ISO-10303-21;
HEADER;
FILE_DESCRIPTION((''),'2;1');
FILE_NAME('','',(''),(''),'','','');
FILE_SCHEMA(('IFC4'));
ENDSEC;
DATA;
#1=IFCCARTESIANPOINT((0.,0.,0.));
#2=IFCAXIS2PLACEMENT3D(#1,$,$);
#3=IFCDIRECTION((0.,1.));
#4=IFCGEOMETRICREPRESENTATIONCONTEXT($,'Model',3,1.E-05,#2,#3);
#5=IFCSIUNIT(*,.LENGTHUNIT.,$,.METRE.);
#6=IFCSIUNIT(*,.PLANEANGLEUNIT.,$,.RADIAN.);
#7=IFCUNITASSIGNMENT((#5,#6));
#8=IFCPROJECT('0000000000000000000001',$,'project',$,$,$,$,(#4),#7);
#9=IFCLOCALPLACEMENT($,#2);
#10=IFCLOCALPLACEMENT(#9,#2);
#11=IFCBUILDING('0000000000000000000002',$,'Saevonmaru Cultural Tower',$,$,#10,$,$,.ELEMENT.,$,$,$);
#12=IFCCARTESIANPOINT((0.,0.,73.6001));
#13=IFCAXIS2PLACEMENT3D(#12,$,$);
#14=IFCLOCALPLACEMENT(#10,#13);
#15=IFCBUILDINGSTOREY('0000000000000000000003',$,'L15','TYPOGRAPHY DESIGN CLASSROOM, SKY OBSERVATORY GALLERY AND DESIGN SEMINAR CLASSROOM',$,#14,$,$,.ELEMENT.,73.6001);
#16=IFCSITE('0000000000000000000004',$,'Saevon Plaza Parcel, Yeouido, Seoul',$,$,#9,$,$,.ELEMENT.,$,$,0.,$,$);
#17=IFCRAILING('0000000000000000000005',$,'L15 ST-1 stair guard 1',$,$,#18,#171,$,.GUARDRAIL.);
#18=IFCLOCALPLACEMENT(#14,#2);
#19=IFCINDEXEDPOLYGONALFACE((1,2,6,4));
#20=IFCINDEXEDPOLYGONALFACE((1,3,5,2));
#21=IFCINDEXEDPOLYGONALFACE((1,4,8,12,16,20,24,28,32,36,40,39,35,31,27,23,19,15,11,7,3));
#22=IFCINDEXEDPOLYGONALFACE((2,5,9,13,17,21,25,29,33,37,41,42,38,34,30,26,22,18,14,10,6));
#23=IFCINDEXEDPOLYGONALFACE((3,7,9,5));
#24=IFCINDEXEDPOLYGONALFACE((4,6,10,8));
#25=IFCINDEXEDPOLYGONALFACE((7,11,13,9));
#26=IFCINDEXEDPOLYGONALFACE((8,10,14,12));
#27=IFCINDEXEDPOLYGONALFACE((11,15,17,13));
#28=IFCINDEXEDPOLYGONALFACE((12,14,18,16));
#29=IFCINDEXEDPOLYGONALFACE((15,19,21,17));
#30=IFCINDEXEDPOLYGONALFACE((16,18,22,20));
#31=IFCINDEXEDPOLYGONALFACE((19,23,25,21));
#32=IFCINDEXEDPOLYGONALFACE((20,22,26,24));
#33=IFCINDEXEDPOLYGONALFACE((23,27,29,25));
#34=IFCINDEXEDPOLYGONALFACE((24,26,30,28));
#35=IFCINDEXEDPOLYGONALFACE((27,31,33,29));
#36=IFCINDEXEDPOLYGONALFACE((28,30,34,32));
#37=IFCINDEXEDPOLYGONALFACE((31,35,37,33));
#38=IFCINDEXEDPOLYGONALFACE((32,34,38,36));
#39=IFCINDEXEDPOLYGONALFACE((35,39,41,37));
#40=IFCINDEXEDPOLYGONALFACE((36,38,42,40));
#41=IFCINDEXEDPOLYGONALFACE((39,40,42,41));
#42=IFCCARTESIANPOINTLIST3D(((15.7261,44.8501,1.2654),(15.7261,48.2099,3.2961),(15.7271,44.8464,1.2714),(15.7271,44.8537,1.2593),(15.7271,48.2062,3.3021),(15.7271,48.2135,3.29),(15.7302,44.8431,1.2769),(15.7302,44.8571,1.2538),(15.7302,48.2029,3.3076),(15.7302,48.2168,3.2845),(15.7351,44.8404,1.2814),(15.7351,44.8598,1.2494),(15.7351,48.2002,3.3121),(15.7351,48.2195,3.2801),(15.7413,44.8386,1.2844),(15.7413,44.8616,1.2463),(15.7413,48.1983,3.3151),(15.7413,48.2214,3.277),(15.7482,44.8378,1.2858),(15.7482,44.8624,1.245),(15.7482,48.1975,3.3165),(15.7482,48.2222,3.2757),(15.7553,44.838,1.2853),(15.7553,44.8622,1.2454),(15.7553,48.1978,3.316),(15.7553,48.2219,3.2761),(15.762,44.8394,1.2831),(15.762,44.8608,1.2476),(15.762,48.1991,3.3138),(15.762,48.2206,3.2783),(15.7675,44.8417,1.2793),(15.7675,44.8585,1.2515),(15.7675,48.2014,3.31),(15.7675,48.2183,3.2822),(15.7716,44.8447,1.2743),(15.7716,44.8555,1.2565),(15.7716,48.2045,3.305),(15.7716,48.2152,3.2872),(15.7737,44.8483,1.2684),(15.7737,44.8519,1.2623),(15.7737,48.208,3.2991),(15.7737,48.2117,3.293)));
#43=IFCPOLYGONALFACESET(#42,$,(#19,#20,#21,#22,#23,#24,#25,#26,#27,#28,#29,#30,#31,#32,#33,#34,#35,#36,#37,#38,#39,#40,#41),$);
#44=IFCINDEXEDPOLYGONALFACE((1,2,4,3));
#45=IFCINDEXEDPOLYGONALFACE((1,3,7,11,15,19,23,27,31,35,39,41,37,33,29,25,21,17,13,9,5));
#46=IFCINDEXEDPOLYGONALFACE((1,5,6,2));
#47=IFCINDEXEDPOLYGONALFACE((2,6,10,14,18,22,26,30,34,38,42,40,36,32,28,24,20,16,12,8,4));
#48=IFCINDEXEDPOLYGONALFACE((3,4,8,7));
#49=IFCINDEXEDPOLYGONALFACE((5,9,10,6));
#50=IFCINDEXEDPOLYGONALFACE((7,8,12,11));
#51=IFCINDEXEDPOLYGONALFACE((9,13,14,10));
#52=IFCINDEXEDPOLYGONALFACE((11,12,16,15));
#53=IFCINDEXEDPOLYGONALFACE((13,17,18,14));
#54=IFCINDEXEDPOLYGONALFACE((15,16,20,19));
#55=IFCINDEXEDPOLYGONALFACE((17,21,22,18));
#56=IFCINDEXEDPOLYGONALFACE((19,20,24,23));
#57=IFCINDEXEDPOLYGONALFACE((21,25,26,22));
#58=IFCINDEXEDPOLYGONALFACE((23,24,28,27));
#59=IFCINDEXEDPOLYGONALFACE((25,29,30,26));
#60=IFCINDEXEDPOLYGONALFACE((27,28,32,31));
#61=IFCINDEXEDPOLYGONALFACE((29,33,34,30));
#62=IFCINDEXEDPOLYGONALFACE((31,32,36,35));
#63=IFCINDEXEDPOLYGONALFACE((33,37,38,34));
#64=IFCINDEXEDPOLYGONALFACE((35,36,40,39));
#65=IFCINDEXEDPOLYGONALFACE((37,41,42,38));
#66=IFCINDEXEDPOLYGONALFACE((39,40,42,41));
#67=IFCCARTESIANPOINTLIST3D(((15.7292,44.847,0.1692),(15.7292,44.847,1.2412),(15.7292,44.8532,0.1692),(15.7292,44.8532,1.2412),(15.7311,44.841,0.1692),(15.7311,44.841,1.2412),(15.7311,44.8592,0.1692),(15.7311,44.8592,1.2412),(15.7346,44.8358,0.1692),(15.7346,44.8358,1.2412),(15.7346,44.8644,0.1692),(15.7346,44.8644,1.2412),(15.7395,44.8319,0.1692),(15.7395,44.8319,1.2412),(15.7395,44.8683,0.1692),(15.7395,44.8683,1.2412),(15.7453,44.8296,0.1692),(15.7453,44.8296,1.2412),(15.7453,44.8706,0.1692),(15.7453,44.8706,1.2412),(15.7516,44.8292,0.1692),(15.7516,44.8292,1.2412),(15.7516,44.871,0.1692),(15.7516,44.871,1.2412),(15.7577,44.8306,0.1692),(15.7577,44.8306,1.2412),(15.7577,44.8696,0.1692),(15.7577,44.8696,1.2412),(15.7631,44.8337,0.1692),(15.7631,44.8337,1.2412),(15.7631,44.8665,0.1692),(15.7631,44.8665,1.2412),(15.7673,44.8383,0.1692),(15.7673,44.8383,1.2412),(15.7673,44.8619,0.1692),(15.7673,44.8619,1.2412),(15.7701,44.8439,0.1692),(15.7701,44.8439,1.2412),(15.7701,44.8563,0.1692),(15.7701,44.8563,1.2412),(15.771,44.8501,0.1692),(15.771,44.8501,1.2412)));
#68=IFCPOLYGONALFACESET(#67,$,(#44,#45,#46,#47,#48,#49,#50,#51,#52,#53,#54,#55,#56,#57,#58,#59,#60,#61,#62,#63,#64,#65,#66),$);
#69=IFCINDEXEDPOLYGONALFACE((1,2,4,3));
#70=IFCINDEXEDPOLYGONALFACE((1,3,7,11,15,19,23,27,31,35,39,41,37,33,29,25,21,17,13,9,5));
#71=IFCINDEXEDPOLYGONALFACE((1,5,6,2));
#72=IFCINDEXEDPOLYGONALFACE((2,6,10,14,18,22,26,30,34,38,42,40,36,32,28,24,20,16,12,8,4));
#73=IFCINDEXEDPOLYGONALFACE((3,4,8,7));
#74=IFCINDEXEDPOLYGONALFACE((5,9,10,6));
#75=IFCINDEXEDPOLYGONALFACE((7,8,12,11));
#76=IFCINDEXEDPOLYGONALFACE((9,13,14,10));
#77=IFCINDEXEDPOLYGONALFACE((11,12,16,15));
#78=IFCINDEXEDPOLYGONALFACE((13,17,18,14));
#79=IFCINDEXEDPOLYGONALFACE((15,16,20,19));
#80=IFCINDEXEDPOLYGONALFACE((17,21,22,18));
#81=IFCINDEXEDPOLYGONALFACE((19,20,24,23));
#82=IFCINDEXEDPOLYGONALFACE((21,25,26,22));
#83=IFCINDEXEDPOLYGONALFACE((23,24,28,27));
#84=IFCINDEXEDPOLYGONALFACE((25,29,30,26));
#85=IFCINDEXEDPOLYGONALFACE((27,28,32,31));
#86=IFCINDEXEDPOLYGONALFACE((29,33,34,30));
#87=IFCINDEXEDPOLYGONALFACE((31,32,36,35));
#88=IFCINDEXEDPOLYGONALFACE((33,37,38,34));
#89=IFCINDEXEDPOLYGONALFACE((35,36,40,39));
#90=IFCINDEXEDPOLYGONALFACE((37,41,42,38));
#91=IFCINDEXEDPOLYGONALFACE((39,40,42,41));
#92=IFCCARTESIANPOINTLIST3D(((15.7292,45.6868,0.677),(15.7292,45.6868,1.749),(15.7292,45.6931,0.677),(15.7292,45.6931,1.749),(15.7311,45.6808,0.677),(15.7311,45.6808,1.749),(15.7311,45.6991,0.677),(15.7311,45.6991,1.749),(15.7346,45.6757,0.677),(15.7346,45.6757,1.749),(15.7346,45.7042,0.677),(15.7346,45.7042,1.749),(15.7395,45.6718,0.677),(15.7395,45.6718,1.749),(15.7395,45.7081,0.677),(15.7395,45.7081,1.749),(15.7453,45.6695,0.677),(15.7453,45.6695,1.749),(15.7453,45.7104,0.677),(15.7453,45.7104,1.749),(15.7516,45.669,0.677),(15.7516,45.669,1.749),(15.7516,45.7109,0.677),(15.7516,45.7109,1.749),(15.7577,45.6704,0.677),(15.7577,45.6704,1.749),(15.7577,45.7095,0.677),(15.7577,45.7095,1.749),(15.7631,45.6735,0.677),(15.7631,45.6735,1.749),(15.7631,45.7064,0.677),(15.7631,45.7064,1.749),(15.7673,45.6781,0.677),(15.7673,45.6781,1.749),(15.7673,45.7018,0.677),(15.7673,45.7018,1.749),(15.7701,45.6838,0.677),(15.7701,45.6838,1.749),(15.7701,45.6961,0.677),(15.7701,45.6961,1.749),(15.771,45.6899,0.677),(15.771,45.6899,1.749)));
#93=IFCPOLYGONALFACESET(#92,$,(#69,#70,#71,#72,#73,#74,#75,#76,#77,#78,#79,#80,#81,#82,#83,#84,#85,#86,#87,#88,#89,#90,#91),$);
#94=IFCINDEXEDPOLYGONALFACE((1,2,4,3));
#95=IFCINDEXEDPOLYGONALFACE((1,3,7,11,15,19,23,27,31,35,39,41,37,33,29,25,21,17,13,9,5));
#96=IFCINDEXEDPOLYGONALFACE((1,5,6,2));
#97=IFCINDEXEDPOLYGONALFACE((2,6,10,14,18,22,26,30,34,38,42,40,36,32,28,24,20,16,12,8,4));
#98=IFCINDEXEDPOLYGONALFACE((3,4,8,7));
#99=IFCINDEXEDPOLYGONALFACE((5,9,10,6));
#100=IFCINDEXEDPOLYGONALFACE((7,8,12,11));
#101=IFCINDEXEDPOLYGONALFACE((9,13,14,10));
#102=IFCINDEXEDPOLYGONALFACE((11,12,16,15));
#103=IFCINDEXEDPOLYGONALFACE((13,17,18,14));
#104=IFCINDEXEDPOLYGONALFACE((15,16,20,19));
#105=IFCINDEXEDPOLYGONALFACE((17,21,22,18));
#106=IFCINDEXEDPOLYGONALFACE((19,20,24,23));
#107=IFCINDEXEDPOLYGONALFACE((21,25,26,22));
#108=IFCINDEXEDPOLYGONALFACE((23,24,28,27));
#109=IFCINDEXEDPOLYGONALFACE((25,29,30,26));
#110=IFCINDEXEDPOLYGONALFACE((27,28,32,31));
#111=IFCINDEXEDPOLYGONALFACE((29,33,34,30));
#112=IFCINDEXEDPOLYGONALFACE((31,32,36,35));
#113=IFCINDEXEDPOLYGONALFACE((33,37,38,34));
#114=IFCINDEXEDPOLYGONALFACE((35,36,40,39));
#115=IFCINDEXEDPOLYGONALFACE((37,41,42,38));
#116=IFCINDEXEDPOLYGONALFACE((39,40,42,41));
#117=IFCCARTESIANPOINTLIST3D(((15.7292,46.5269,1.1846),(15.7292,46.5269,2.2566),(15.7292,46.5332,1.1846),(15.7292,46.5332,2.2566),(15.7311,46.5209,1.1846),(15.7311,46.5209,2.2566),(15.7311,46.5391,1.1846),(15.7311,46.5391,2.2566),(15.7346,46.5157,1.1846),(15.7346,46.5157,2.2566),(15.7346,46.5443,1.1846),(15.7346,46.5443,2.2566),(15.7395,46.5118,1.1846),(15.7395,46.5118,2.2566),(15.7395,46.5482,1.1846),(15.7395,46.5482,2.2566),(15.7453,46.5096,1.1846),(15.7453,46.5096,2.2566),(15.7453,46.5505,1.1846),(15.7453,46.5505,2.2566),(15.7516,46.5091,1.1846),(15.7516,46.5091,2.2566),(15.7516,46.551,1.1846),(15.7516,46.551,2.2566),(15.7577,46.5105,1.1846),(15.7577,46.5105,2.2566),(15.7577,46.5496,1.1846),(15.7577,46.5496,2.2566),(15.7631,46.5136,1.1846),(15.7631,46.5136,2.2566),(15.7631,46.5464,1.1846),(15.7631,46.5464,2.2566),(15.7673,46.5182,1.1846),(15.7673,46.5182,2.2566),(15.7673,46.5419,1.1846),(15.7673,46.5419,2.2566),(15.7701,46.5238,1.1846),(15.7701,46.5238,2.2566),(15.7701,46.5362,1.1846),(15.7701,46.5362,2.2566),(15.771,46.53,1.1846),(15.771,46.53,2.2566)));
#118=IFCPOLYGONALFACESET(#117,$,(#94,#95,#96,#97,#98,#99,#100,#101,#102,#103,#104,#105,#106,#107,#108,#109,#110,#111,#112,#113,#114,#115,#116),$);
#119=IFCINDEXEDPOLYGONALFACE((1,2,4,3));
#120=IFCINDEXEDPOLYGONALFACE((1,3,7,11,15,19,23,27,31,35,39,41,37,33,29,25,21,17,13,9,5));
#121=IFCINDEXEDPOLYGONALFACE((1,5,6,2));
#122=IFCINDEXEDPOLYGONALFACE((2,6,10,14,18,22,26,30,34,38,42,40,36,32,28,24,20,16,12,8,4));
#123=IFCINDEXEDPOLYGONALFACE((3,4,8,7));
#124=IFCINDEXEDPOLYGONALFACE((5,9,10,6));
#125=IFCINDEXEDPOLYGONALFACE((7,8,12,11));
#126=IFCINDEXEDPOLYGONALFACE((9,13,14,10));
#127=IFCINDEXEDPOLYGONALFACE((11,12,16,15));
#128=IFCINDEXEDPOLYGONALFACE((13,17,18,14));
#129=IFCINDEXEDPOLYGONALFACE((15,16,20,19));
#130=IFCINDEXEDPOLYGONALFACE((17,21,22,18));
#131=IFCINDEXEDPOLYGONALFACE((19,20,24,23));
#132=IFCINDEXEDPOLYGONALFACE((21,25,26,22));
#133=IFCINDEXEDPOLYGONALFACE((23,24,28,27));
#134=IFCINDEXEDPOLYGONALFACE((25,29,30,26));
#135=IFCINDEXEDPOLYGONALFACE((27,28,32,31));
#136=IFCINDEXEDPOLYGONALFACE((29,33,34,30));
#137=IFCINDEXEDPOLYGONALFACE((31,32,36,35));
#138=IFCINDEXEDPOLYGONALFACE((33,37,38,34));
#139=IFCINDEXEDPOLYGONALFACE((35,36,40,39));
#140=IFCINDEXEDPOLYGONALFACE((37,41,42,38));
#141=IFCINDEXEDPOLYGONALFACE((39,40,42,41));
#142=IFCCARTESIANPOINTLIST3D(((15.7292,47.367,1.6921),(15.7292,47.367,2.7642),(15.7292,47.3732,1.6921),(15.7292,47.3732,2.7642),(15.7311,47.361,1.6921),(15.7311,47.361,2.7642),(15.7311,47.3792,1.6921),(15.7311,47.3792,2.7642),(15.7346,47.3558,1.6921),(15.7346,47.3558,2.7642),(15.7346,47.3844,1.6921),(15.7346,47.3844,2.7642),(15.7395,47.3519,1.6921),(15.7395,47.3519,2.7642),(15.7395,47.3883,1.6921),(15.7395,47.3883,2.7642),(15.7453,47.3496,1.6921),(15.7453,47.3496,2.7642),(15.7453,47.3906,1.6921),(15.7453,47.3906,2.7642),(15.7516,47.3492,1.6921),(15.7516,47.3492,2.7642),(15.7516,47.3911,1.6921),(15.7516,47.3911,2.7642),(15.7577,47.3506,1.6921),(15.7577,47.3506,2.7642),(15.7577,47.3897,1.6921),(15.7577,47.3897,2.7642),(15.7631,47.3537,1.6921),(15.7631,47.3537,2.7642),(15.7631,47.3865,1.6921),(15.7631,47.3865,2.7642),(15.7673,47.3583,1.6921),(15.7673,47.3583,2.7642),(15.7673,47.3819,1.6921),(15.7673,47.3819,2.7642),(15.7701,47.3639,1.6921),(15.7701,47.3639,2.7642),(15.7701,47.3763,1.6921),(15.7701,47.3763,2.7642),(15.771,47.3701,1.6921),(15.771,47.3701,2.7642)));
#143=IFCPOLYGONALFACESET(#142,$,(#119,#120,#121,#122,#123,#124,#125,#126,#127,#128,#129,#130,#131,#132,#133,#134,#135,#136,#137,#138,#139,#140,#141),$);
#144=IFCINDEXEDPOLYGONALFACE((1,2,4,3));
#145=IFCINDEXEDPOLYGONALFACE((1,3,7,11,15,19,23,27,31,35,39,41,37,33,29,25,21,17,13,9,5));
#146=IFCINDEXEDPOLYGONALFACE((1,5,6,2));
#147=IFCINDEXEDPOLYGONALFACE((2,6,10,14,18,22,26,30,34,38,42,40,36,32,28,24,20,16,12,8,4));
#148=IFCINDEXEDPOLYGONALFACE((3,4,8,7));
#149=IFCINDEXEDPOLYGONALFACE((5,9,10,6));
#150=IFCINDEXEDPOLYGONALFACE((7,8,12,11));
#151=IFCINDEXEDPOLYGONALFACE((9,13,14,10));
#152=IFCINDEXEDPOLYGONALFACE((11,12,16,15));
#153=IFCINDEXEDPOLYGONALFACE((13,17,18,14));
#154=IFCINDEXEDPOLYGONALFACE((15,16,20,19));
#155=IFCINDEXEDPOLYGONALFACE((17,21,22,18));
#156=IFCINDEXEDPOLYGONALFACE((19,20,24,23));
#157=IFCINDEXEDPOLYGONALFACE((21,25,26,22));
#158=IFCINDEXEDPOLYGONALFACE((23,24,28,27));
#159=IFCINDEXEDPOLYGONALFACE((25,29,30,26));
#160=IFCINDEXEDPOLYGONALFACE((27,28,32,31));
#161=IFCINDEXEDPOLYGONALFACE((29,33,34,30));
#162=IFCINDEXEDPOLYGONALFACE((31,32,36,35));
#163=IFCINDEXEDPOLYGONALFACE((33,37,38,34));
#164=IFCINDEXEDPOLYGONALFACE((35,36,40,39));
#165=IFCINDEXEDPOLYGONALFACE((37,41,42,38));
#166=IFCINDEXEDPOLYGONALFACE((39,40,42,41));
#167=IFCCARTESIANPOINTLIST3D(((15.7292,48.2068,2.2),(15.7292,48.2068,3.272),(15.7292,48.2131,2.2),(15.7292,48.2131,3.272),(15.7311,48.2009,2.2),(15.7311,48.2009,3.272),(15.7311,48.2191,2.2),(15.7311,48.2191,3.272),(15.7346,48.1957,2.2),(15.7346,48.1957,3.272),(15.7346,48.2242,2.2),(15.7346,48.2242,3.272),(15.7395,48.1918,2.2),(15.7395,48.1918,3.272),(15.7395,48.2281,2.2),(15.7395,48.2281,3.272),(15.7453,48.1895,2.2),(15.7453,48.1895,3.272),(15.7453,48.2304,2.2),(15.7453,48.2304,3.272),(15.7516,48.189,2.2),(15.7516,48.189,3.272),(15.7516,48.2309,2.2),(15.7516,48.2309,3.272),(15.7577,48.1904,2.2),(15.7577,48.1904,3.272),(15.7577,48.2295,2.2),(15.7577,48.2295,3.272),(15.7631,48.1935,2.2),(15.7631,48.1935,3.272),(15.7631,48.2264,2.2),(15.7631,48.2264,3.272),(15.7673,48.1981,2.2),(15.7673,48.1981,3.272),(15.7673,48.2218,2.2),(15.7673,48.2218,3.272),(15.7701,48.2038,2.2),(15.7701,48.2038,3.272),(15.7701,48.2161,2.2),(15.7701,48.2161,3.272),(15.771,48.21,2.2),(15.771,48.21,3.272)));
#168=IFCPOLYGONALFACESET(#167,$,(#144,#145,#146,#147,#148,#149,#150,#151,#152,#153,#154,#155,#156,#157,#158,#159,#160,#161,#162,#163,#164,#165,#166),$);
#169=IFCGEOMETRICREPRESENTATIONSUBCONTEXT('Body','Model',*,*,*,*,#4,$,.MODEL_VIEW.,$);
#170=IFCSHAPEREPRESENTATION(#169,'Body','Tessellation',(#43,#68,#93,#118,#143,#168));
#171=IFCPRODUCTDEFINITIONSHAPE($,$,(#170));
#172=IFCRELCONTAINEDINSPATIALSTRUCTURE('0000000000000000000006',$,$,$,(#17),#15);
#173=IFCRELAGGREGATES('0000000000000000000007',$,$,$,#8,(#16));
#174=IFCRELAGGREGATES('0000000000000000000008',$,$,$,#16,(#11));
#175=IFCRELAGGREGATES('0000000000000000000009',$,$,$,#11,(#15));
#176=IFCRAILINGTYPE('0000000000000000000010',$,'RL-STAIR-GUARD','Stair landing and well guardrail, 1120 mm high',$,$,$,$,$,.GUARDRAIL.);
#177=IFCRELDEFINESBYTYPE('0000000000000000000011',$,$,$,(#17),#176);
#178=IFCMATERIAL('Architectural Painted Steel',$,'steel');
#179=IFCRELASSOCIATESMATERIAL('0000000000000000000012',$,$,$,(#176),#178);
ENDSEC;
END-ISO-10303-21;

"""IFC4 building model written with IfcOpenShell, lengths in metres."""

from ifc_helpers import new_model, si_unit, direction, frame, origin, origin_2d, place, context, subcontext, project, spatial, circle, extrude, material, type_object, element, save


model = new_model("IFC4")

# Units and contexts
model_context = context("Model", 3, precision=1e-05, world=origin(), true_north=direction((0.0, 1.0)))
body_context = subcontext(model_context, "Body", "Model", "MODEL_VIEW")
ifc_project = project(units=[si_unit("LENGTHUNIT", "METRE"), si_unit("PLANEANGLEUNIT", "RADIAN")], contexts=[model_context])

# Site, building, storey
site_placement = place(None, origin())
site = spatial("IfcSite", under=ifc_project, at=site_placement, Name="Saevon Plaza Parcel, Yeouido, Seoul", CompositionType="ELEMENT", RefElevation=0.0)
building_placement = place(site_placement, origin())
building = spatial("IfcBuilding", under=site, at=building_placement, Name="Saevonmaru Cultural Tower", CompositionType="ELEMENT")
storey_placement = place(building_placement, frame((0.0, 0.0, 73.6001)))
storey = spatial("IfcBuildingStorey", under=building, at=storey_placement, Name="L15", Description="TYPOGRAPHY DESIGN CLASSROOM, SKY OBSERVATORY GALLERY AND DESIGN SEMINAR CLASSROOM", CompositionType="ELEMENT", Elevation=73.6001)

# Railing
ifc_material_1 = material(Name="Architectural Painted Steel", Category="steel")
railing_type_1 = type_object("IfcRailingType", Name="RL-STAIR-GUARD", Description="Stair landing and well guardrail, 1120 mm high", PredefinedType="GUARDRAIL", material=ifc_material_1)
railing_1_placement = place(storey_placement, frame((15.75, 44.8501, 0.1692)))
element("IfcRailing", 1, at=railing_1_placement, inside=storey, type_object=railing_type_1, Name="L15 ST-1 stair guard 1", PredefinedType="GUARDRAIL", context=body_context, shape_type="SweptSolid", body=[
    extrude(circle(Radius=0.0239, at=origin_2d()), frame((0.0, 0.0, 1.0962), z_axis=(0.0, 0.85582, 0.517273), x_axis=(-1.0, 0.0, 0.0)), (0.0, 0.0, 1.0), 3.9258),
    extrude(circle(Radius=0.021, at=origin_2d()), origin(), (0.0, 0.0, 1.0), 1.072),
    extrude(circle(Radius=0.021, at=origin_2d()), frame((0.0, 0.8398, 0.5078)), (0.0, 0.0, 1.0), 1.072),
    extrude(circle(Radius=0.021, at=origin_2d()), frame((0.0, 1.6799, 1.0154)), (0.0, 0.0, 1.0), 1.072),
    extrude(circle(Radius=0.021, at=origin_2d()), frame((0.0, 2.52, 1.5229)), (0.0, 0.0, 1.0), 1.072),
    extrude(circle(Radius=0.021, at=origin_2d()), frame((0.0, 3.3599, 2.0308)), (0.0, 0.0, 1.0), 1.072),
])

save(model, "model.ifc")
